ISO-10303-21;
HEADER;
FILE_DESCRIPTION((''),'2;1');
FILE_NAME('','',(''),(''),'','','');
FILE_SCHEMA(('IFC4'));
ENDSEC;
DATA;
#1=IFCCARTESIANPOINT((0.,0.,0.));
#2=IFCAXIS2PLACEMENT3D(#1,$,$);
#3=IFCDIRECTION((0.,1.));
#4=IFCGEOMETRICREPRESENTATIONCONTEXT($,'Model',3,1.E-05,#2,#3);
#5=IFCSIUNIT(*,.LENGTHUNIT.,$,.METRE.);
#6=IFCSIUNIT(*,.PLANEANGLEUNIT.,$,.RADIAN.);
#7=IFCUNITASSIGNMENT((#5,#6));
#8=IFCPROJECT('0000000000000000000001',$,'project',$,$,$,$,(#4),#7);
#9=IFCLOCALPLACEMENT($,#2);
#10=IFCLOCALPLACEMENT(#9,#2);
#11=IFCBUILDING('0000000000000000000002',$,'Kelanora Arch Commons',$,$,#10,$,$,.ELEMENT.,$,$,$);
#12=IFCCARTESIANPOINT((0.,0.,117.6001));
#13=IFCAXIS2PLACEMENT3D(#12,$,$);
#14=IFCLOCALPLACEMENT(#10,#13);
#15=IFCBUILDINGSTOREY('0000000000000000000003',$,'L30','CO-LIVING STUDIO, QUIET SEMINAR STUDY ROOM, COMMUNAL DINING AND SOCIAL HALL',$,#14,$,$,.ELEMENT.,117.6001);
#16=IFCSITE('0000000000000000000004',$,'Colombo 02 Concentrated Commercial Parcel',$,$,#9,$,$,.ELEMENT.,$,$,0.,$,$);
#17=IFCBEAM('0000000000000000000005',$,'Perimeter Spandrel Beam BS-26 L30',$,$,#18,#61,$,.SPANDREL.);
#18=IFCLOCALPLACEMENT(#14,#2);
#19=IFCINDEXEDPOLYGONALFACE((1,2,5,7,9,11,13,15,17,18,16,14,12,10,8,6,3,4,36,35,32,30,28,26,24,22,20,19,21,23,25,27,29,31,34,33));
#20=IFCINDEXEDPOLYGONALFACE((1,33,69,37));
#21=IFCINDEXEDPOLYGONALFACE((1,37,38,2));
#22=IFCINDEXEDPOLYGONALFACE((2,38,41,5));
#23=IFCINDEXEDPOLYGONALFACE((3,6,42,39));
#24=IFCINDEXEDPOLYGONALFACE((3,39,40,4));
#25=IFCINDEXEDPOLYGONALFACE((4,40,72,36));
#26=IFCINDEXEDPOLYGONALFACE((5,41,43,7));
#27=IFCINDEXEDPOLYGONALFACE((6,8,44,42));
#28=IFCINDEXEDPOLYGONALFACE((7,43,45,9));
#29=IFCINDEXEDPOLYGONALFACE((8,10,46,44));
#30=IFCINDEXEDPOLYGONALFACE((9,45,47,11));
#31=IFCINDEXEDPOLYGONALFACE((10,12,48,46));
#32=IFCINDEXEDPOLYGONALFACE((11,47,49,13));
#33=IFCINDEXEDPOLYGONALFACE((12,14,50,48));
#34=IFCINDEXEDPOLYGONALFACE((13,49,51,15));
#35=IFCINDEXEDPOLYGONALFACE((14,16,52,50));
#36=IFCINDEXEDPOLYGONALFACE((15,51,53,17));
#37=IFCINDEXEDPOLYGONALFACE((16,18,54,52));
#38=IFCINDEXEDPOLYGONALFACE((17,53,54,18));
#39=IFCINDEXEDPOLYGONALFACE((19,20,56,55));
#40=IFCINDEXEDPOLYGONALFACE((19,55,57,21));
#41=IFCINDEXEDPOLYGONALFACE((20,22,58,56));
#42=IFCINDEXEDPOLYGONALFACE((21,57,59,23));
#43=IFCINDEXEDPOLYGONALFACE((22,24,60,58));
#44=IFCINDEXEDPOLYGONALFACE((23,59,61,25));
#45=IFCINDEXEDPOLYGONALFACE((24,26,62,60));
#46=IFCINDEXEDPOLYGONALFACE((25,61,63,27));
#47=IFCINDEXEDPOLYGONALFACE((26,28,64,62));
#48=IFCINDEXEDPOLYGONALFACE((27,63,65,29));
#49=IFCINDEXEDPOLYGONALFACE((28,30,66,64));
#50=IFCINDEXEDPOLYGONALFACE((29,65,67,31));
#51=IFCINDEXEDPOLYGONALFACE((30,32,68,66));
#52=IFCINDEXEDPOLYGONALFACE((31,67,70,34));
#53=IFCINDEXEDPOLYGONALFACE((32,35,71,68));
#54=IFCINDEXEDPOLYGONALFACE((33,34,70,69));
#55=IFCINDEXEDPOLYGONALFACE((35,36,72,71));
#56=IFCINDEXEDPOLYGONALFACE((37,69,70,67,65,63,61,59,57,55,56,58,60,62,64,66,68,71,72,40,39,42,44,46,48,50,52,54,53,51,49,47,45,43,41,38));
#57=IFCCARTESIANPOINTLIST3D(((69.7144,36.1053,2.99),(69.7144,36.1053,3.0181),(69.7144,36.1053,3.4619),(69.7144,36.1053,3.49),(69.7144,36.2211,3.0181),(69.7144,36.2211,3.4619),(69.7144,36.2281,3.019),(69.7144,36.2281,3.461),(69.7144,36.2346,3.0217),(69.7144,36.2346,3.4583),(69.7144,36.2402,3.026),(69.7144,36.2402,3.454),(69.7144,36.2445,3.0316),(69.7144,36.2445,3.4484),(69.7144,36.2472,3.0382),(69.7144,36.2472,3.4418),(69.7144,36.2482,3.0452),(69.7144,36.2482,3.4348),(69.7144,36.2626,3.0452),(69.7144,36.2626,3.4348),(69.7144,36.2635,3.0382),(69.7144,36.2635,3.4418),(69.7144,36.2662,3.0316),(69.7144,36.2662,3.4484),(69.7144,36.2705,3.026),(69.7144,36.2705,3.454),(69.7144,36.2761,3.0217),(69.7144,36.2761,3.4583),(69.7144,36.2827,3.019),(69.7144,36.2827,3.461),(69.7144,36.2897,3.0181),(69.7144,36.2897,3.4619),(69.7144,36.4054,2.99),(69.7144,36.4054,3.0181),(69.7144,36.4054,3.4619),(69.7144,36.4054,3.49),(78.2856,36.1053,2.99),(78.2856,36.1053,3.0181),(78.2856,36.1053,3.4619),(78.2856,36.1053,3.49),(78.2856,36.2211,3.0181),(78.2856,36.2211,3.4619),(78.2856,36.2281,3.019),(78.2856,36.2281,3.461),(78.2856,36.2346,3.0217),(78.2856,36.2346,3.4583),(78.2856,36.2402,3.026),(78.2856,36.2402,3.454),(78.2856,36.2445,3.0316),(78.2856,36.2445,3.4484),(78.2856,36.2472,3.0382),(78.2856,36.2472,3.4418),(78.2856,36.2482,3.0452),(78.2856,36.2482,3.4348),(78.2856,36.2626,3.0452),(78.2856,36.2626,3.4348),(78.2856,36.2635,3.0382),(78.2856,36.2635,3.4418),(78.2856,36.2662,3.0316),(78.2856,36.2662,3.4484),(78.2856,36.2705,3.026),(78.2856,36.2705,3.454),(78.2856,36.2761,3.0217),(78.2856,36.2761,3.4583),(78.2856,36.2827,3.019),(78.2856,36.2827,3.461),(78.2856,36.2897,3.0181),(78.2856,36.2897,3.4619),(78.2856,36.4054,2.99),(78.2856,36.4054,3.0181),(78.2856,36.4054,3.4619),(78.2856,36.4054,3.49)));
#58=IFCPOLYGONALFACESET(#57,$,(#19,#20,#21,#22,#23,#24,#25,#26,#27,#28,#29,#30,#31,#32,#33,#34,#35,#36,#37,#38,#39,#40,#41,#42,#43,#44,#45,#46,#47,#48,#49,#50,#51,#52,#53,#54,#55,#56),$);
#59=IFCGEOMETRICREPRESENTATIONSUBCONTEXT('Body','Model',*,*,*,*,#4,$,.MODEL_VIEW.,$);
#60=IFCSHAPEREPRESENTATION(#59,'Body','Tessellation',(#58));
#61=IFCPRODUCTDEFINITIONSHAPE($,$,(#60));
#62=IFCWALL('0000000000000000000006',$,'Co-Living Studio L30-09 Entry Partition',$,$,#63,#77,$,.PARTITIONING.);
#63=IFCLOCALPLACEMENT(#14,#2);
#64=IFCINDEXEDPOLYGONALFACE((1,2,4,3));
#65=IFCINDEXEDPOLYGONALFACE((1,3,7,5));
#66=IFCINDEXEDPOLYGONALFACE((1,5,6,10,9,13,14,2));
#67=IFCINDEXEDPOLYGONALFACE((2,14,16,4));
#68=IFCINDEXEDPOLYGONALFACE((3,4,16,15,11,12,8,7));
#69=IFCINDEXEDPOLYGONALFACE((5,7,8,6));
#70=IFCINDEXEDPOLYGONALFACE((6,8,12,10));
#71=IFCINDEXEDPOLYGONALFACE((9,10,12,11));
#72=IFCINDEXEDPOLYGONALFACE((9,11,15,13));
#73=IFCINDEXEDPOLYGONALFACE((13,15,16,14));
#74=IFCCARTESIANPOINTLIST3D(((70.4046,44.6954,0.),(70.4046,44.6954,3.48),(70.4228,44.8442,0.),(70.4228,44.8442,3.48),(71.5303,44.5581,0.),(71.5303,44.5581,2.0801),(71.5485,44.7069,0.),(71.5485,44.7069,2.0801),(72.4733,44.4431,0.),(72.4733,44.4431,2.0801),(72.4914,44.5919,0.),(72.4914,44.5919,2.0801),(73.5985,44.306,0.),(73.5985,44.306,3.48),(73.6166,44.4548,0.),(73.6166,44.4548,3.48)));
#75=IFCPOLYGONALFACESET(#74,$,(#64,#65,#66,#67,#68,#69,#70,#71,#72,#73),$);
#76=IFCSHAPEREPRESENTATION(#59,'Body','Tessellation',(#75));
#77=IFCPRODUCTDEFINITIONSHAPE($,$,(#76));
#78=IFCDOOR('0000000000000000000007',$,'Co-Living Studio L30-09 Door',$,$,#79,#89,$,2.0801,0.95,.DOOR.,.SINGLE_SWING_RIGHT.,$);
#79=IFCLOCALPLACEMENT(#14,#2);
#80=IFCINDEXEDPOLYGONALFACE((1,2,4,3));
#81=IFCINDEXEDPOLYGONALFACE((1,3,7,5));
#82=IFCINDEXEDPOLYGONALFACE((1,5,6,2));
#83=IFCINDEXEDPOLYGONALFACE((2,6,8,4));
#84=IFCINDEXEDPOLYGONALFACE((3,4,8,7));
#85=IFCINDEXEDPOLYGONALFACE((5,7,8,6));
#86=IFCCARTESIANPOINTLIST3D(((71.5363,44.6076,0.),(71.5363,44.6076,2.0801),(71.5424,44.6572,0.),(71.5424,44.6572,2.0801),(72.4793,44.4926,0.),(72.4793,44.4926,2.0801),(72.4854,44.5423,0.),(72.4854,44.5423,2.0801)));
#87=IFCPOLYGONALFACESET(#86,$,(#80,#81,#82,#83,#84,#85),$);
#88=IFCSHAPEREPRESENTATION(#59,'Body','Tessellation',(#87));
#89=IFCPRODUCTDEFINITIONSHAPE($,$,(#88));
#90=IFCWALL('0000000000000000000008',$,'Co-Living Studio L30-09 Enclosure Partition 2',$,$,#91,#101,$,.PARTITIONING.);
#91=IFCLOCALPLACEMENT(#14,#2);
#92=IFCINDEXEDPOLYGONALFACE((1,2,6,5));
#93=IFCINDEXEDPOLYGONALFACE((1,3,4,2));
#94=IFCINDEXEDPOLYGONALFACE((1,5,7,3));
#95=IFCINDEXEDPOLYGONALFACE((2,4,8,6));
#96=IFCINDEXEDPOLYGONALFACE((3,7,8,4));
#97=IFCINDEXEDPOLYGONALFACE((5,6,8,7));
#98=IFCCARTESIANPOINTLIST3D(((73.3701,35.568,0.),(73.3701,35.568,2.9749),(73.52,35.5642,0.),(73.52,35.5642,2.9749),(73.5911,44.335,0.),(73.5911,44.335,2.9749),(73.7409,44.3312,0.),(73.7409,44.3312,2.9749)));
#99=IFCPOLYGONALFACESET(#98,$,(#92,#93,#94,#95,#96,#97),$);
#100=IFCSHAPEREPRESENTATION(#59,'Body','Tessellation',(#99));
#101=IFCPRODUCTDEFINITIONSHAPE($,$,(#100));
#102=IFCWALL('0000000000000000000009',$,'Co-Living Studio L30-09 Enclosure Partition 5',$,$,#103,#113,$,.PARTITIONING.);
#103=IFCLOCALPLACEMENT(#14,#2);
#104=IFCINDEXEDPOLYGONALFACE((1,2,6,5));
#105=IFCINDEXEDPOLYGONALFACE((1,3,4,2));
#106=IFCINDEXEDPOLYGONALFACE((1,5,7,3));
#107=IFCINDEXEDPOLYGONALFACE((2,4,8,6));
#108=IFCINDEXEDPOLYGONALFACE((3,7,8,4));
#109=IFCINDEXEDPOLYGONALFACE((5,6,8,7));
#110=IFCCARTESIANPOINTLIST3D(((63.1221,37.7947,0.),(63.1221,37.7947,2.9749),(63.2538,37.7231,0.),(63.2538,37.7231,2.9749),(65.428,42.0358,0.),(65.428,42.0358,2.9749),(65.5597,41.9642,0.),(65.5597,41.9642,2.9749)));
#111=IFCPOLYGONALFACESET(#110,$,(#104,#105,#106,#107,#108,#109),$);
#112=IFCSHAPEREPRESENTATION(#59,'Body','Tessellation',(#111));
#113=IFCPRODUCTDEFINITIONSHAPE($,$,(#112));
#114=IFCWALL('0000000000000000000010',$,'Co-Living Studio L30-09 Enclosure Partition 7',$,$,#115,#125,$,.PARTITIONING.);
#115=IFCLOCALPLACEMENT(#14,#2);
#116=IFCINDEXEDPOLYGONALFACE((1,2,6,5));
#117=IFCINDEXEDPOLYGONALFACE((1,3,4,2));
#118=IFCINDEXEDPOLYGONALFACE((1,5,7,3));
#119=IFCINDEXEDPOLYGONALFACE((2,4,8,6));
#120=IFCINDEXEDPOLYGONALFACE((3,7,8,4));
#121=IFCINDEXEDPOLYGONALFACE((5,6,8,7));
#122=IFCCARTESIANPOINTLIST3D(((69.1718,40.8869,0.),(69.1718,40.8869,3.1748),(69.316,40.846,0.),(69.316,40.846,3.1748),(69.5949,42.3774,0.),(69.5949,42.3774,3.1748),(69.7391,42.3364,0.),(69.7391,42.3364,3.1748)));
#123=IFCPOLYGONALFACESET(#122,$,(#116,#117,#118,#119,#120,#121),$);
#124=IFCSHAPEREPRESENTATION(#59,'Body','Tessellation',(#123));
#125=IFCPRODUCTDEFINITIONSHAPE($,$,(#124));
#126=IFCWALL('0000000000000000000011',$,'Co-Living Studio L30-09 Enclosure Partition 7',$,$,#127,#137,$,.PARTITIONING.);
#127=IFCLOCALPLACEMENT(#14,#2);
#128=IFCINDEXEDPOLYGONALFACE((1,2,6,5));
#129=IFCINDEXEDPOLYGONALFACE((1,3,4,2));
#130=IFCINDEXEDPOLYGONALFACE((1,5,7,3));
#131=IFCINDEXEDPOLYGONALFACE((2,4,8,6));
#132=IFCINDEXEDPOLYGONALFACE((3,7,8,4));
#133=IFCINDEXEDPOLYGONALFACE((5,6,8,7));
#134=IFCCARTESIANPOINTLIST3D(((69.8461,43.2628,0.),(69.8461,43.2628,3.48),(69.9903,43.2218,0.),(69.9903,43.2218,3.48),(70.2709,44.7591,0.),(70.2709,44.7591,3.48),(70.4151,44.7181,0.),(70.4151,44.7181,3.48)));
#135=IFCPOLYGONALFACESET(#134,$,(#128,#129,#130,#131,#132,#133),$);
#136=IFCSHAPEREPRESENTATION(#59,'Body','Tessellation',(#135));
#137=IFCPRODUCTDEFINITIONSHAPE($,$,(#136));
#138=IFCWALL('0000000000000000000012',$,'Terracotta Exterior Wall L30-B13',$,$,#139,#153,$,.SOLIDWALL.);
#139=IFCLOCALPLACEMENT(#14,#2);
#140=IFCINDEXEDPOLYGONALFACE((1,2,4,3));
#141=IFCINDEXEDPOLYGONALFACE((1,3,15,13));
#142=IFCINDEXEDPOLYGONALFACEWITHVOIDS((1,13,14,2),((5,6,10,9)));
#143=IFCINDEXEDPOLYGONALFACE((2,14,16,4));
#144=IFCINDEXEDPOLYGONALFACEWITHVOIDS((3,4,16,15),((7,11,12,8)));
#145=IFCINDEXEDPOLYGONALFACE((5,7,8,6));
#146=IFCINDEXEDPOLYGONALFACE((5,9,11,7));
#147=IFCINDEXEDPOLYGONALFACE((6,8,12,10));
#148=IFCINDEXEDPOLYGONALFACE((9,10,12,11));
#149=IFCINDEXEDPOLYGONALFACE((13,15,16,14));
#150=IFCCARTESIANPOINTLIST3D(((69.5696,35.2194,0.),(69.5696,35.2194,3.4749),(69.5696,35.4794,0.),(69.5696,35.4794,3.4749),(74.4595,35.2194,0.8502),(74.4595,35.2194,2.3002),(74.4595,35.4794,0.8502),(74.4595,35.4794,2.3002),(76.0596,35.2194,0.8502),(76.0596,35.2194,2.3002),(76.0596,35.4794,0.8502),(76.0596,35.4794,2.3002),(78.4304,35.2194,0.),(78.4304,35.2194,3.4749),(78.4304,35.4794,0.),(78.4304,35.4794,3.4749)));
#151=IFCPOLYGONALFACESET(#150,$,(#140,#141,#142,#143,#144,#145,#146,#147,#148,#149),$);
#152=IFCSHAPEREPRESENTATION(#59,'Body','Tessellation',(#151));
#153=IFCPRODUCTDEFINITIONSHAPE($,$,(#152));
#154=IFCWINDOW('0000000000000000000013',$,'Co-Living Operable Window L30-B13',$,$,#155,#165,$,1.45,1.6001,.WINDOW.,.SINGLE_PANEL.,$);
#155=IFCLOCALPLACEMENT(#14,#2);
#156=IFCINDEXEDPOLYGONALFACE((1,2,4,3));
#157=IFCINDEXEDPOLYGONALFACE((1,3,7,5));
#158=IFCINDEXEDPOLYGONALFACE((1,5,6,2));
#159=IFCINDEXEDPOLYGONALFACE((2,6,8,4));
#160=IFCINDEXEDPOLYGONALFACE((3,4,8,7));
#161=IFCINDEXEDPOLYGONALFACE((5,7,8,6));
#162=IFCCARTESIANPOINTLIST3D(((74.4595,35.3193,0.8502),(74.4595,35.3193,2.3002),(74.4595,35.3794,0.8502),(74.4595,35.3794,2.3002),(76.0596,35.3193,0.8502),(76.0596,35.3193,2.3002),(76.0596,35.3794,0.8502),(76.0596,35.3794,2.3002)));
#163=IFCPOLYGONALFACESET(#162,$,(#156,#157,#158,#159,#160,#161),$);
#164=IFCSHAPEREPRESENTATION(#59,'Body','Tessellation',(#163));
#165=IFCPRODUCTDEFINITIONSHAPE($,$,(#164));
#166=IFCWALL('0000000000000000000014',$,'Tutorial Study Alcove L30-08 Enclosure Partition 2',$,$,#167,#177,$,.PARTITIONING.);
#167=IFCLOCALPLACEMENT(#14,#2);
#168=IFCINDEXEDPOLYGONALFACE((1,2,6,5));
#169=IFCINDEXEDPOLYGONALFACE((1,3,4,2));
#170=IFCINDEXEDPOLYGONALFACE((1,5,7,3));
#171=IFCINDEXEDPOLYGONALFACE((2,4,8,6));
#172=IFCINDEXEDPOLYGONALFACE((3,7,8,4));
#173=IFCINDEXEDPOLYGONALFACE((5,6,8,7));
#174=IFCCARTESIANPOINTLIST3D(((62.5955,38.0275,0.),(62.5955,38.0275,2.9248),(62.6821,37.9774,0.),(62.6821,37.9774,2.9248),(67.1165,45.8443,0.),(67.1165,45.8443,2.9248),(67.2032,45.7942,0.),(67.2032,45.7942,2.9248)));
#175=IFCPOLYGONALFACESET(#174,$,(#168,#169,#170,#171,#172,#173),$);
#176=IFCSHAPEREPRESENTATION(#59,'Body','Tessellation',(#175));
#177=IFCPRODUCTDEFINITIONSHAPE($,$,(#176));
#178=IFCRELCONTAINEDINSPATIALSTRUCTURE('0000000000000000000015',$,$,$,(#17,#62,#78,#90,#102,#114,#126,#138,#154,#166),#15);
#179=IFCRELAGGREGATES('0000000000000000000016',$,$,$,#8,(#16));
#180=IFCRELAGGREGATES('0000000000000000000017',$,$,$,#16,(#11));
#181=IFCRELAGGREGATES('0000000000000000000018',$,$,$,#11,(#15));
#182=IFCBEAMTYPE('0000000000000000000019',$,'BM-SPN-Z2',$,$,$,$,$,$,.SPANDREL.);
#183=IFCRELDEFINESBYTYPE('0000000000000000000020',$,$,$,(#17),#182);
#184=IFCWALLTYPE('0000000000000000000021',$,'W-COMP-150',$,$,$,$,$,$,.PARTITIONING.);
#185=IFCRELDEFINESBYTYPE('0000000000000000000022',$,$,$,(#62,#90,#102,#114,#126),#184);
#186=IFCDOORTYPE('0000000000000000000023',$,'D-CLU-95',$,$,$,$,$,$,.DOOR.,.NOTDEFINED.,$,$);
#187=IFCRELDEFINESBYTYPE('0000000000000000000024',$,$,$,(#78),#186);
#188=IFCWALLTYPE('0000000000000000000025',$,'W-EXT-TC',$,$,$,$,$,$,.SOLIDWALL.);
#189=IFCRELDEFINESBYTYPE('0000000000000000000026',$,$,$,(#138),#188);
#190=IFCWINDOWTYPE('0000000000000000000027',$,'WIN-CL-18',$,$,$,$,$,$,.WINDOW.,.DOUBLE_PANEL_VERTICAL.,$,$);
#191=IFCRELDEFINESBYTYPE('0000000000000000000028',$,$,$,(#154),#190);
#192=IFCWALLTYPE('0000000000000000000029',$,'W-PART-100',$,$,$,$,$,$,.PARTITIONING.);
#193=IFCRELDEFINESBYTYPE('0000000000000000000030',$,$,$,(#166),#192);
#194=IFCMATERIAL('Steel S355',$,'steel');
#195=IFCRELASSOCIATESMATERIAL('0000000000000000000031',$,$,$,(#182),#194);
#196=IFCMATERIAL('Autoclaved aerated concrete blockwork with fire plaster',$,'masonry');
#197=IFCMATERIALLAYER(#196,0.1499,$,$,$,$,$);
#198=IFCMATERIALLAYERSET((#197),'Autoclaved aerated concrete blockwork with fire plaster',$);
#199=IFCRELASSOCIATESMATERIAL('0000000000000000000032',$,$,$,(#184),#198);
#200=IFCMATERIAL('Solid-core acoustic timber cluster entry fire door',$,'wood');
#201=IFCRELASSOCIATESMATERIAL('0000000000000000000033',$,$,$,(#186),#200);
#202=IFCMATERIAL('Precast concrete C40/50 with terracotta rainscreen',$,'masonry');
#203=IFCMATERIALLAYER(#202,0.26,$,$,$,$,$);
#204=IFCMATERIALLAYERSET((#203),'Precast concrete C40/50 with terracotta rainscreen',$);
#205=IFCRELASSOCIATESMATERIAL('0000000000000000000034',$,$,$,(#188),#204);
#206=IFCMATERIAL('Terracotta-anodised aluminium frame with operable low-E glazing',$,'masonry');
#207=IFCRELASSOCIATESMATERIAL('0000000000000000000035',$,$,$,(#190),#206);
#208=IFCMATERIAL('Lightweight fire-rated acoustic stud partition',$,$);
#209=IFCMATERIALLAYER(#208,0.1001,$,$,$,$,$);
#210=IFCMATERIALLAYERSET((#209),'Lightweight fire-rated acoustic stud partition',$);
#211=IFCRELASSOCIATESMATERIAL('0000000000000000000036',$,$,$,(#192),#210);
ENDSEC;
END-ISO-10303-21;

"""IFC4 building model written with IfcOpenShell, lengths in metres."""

from ifc_helpers import new_model, si_unit, direction, frame, frame_2d, origin, origin_2d, place, context, subcontext, project, spatial, rectangle, i_section, extrude, material, layer, layer_set, material_profile, profile_set, type_object, element, fill, save


model = new_model("IFC4")

# Units and contexts
model_context = context("Model", 3, precision=1e-05, world=origin(), true_north=direction((0.0, 1.0)))
body_context = subcontext(model_context, "Body", "Model", "MODEL_VIEW")
ifc_project = project(units=[si_unit("LENGTHUNIT", "METRE"), si_unit("PLANEANGLEUNIT", "RADIAN")], contexts=[model_context])

# Site, building, storey
site_placement = place(None, origin())
site = spatial("IfcSite", under=ifc_project, at=site_placement, Name="Colombo 02 Concentrated Commercial Parcel", CompositionType="ELEMENT", RefElevation=0.0)
building_placement = place(site_placement, origin())
building = spatial("IfcBuilding", under=site, at=building_placement, Name="Kelanora Arch Commons", CompositionType="ELEMENT")
storey_placement = place(building_placement, frame((0.0, 0.0, 117.6001)))
storey = spatial("IfcBuildingStorey", under=building, at=storey_placement, Name="L30", Description="CO-LIVING STUDIO, QUIET SEMINAR STUDY ROOM, COMMUNAL DINING AND SOCIAL HALL", CompositionType="ELEMENT", Elevation=117.6001)

# Beam
ifc_material_1 = material(Name="Steel S355", Category="steel")
ifc_material_profile_1 = material_profile(ifc_material_1, i_section(OverallWidth=0.3, OverallDepth=0.5, WebThickness=0.0144, FlangeThickness=0.0281, FilletRadius=0.0271, at=origin_2d()), Name="HEB500")
ifc_profile_set_1 = profile_set([ifc_material_profile_1], Name="Steel S355")
beam_type_1 = type_object("IfcBeamType", Name="BM-SPN-Z2", PredefinedType="SPANDREL", material=ifc_profile_set_1)
beam_1_placement = place(storey_placement, frame((69.7144, 36.2554, 3.24), z_axis=(1.0, 0.0, 0.0), x_axis=(0.0, 1.0, 0.0)))
element("IfcBeam", 1, at=beam_1_placement, inside=storey, type_object=beam_type_1, Name="Perimeter Spandrel Beam BS-26 L30", PredefinedType="SPANDREL", context=body_context, shape_type="SweptSolid", body=[
    extrude(i_section(OverallWidth=0.3, OverallDepth=0.5, WebThickness=0.0144, FlangeThickness=0.0281, FilletRadius=0.0271, at=origin_2d()), origin(), (0.0, 0.0, 1.0), 8.5713),
])

# Wall, opening, door
ifc_material_2 = material(Name="Autoclaved aerated concrete blockwork with fire plaster", Category="masonry")
ifc_layer_1 = layer(ifc_material_2, 0.1499)
ifc_layer_set_1 = layer_set([ifc_layer_1], Name="Autoclaved aerated concrete blockwork with fire plaster")
wall_type_1 = type_object("IfcWallType", Name="W-COMP-150", PredefinedType="PARTITIONING", material=ifc_layer_set_1)
wall_1_placement = place(storey_placement, frame((70.4136, 44.7698, 0.0), z_axis=(0.0, 0.0, 1.0), x_axis=(0.992649, -0.121027, 0.0)))
wall_1 = element("IfcWall", 2, at=wall_1_placement, inside=storey, type_object=wall_type_1, Name="Co-Living Studio L30-09 Entry Partition", PredefinedType="PARTITIONING", context=body_context, shape_type="SweptSolid", body=[
    extrude(rectangle(XDim=3.2175, YDim=0.1499, at=frame_2d((1.6089, 0.0))), origin(), (0.0, 0.0, 1.0), 3.48),
])
opening_1_placement = place(wall_1_placement, frame((1.134, 0.0, 0.0)))
opening_1 = element("IfcOpeningElement", 3, at=opening_1_placement, cuts=wall_1, PredefinedType="OPENING", context=body_context, shape_type="SweptSolid", body=[
    extrude(rectangle(XDim=0.95, YDim=2.0801, at=frame_2d((0.4751, 1.04))), frame((0.0, 0.085, 0.0), z_axis=(0.0, -1.0, 0.0), x_axis=(1.0, 0.0, 0.0)), (0.0, 0.0, 1.0), 0.1699),
])
ifc_material_3 = material(Name="Solid-core acoustic timber cluster entry fire door", Category="wood")
door_type_1 = type_object("IfcDoorType", Name="D-CLU-95", OperationType="NOTDEFINED", PredefinedType="DOOR", material=ifc_material_3)
door_1_placement = place(opening_1_placement, origin())
door_1 = element("IfcDoor", 4, at=door_1_placement, inside=storey, type_object=door_type_1, Name="Co-Living Studio L30-09 Door", OperationType="SINGLE_SWING_RIGHT", OverallHeight=2.0801, OverallWidth=0.95, PredefinedType="DOOR", context=body_context, shape_type="SweptSolid", body=[
    extrude(rectangle(XDim=0.95, YDim=2.0801, at=frame_2d((0.4751, 1.04))), frame((0.0, 0.0249, 0.0), z_axis=(0.0, -1.0, 0.0), x_axis=(1.0, 0.0, 0.0)), (0.0, 0.0, 1.0), 0.05),
])
fill(opening_1, door_1)

# Walls
wall_2_placement = place(storey_placement, frame((73.666, 44.333, 0.0), z_axis=(0.0, 0.0, 1.0), x_axis=(-0.025194, -0.999683, 0.0)))
element("IfcWall", 5, at=wall_2_placement, inside=storey, type_object=wall_type_1, Name="Co-Living Studio L30-09 Enclosure Partition 2", PredefinedType="PARTITIONING", context=body_context, shape_type="SweptSolid", body=[
    extrude(rectangle(XDim=8.7698, YDim=0.1499, at=frame_2d((4.3848, 0.0))), origin(), (0.0, 0.0, 1.0), 2.9749),
])
wall_3_placement = place(storey_placement, frame((63.188, 37.759, 0.0), z_axis=(0.0, 0.0, 1.0), x_axis=(0.477679, 0.878535, 0.0)))
element("IfcWall", 6, at=wall_3_placement, inside=storey, type_object=wall_type_1, Name="Co-Living Studio L30-09 Enclosure Partition 5", PredefinedType="PARTITIONING", context=body_context, shape_type="SweptSolid", body=[
    extrude(rectangle(XDim=4.8274, YDim=0.1499, at=frame_2d((2.4136, 0.0))), origin(), (0.0, 0.0, 1.0), 2.9749),
])
wall_4_placement = place(storey_placement, frame((69.2439, 40.8665, 0.0), z_axis=(0.0, 0.0, 1.0), x_axis=(0.273077, 0.961992, 0.0)))
element("IfcWall", 7, at=wall_4_placement, inside=storey, type_object=wall_type_1, Name="Co-Living Studio L30-09 Enclosure Partition 7", PredefinedType="PARTITIONING", context=body_context, shape_type="SweptSolid", body=[
    extrude(rectangle(XDim=1.5493, YDim=0.1499, at=frame_2d((0.7747, 0.0))), origin(), (0.0, 0.0, 1.0), 3.1748),
])
wall_5_placement = place(storey_placement, frame((69.9182, 43.2422, 0.0), z_axis=(0.0, 0.0, 1.0), x_axis=(0.273104, 0.961985, 0.0)))
element("IfcWall", 8, at=wall_5_placement, inside=storey, type_object=wall_type_1, Name="Co-Living Studio L30-09 Enclosure Partition 7", PredefinedType="PARTITIONING", context=body_context, shape_type="SweptSolid", body=[
    extrude(rectangle(XDim=1.5554, YDim=0.1499, at=frame_2d((0.7778, 0.0))), origin(), (0.0, 0.0, 1.0), 3.48),
])

# Wall, opening, window
ifc_material_4 = material(Name="Precast concrete C40/50 with terracotta rainscreen", Category="masonry")
ifc_layer_2 = layer(ifc_material_4, 0.26)
ifc_layer_set_2 = layer_set([ifc_layer_2], Name="Precast concrete C40/50 with terracotta rainscreen")
wall_type_2 = type_object("IfcWallType", Name="W-EXT-TC", PredefinedType="SOLIDWALL", material=ifc_layer_set_2)
wall_6_placement = place(storey_placement, frame((69.5696, 35.3494, 0.0), z_axis=(0.0, 0.0, 1.0), x_axis=(1.0, 0.0, 0.0)))
wall_6 = element("IfcWall", 9, at=wall_6_placement, inside=storey, type_object=wall_type_2, Name="Terracotta Exterior Wall L30-B13", PredefinedType="SOLIDWALL", context=body_context, shape_type="SweptSolid", body=[
    extrude(rectangle(XDim=8.8608, YDim=0.26, at=frame_2d((4.4304, 0.0))), origin(), (0.0, 0.0, 1.0), 3.4749),
])
opening_2_placement = place(wall_6_placement, frame((4.8899, 0.0, 0.8501)))
opening_2 = element("IfcOpeningElement", 10, at=opening_2_placement, cuts=wall_6, PredefinedType="OPENING", context=body_context, shape_type="SweptSolid", body=[
    extrude(rectangle(XDim=1.6001, YDim=1.45, at=frame_2d((0.8, 0.7251))), frame((0.0, 0.1401, 0.0), z_axis=(0.0, -1.0, 0.0), x_axis=(1.0, 0.0, 0.0)), (0.0, 0.0, 1.0), 0.28),
])
ifc_material_5 = material(Name="Terracotta-anodised aluminium frame with operable low-E glazing", Category="masonry")
window_type = type_object("IfcWindowType", Name="WIN-CL-18", PartitioningType="DOUBLE_PANEL_VERTICAL", PredefinedType="WINDOW", material=ifc_material_5)
window_placement = place(opening_2_placement, origin())
window = element("IfcWindow", 11, at=window_placement, inside=storey, type_object=window_type, Name="Co-Living Operable Window L30-B13", OverallHeight=1.45, OverallWidth=1.6001, PartitioningType="SINGLE_PANEL", PredefinedType="WINDOW", context=body_context, shape_type="SweptSolid", body=[
    extrude(rectangle(XDim=1.6001, YDim=1.45, at=frame_2d((0.8, 0.7251))), frame((0.0, 0.03, 0.0), z_axis=(0.0, -1.0, 0.0), x_axis=(1.0, 0.0, 0.0)), (0.0, 0.0, 1.0), 0.0601),
])
fill(opening_2, window)

# Wall
ifc_material_6 = material(Name="Lightweight fire-rated acoustic stud partition")
ifc_layer_3 = layer(ifc_material_6, 0.1001)
ifc_layer_set_3 = layer_set([ifc_layer_3], Name="Lightweight fire-rated acoustic stud partition")
wall_type_3 = type_object("IfcWallType", Name="W-PART-100", PredefinedType="PARTITIONING", material=ifc_layer_set_3)
wall_7_placement = place(storey_placement, frame((67.1599, 45.8193, 0.0), z_axis=(0.0, 0.0, 1.0), x_axis=(-0.500669, -0.865639, 0.0)))
element("IfcWall", 12, at=wall_7_placement, inside=storey, type_object=wall_type_3, Name="Tutorial Study Alcove L30-08 Enclosure Partition 2", PredefinedType="PARTITIONING", context=body_context, shape_type="SweptSolid", body=[
    extrude(rectangle(XDim=9.03, YDim=0.1001, at=frame_2d((4.5151, 0.0))), origin(), (0.0, 0.0, 1.0), 2.9248),
])

save(model, "model.ifc")
